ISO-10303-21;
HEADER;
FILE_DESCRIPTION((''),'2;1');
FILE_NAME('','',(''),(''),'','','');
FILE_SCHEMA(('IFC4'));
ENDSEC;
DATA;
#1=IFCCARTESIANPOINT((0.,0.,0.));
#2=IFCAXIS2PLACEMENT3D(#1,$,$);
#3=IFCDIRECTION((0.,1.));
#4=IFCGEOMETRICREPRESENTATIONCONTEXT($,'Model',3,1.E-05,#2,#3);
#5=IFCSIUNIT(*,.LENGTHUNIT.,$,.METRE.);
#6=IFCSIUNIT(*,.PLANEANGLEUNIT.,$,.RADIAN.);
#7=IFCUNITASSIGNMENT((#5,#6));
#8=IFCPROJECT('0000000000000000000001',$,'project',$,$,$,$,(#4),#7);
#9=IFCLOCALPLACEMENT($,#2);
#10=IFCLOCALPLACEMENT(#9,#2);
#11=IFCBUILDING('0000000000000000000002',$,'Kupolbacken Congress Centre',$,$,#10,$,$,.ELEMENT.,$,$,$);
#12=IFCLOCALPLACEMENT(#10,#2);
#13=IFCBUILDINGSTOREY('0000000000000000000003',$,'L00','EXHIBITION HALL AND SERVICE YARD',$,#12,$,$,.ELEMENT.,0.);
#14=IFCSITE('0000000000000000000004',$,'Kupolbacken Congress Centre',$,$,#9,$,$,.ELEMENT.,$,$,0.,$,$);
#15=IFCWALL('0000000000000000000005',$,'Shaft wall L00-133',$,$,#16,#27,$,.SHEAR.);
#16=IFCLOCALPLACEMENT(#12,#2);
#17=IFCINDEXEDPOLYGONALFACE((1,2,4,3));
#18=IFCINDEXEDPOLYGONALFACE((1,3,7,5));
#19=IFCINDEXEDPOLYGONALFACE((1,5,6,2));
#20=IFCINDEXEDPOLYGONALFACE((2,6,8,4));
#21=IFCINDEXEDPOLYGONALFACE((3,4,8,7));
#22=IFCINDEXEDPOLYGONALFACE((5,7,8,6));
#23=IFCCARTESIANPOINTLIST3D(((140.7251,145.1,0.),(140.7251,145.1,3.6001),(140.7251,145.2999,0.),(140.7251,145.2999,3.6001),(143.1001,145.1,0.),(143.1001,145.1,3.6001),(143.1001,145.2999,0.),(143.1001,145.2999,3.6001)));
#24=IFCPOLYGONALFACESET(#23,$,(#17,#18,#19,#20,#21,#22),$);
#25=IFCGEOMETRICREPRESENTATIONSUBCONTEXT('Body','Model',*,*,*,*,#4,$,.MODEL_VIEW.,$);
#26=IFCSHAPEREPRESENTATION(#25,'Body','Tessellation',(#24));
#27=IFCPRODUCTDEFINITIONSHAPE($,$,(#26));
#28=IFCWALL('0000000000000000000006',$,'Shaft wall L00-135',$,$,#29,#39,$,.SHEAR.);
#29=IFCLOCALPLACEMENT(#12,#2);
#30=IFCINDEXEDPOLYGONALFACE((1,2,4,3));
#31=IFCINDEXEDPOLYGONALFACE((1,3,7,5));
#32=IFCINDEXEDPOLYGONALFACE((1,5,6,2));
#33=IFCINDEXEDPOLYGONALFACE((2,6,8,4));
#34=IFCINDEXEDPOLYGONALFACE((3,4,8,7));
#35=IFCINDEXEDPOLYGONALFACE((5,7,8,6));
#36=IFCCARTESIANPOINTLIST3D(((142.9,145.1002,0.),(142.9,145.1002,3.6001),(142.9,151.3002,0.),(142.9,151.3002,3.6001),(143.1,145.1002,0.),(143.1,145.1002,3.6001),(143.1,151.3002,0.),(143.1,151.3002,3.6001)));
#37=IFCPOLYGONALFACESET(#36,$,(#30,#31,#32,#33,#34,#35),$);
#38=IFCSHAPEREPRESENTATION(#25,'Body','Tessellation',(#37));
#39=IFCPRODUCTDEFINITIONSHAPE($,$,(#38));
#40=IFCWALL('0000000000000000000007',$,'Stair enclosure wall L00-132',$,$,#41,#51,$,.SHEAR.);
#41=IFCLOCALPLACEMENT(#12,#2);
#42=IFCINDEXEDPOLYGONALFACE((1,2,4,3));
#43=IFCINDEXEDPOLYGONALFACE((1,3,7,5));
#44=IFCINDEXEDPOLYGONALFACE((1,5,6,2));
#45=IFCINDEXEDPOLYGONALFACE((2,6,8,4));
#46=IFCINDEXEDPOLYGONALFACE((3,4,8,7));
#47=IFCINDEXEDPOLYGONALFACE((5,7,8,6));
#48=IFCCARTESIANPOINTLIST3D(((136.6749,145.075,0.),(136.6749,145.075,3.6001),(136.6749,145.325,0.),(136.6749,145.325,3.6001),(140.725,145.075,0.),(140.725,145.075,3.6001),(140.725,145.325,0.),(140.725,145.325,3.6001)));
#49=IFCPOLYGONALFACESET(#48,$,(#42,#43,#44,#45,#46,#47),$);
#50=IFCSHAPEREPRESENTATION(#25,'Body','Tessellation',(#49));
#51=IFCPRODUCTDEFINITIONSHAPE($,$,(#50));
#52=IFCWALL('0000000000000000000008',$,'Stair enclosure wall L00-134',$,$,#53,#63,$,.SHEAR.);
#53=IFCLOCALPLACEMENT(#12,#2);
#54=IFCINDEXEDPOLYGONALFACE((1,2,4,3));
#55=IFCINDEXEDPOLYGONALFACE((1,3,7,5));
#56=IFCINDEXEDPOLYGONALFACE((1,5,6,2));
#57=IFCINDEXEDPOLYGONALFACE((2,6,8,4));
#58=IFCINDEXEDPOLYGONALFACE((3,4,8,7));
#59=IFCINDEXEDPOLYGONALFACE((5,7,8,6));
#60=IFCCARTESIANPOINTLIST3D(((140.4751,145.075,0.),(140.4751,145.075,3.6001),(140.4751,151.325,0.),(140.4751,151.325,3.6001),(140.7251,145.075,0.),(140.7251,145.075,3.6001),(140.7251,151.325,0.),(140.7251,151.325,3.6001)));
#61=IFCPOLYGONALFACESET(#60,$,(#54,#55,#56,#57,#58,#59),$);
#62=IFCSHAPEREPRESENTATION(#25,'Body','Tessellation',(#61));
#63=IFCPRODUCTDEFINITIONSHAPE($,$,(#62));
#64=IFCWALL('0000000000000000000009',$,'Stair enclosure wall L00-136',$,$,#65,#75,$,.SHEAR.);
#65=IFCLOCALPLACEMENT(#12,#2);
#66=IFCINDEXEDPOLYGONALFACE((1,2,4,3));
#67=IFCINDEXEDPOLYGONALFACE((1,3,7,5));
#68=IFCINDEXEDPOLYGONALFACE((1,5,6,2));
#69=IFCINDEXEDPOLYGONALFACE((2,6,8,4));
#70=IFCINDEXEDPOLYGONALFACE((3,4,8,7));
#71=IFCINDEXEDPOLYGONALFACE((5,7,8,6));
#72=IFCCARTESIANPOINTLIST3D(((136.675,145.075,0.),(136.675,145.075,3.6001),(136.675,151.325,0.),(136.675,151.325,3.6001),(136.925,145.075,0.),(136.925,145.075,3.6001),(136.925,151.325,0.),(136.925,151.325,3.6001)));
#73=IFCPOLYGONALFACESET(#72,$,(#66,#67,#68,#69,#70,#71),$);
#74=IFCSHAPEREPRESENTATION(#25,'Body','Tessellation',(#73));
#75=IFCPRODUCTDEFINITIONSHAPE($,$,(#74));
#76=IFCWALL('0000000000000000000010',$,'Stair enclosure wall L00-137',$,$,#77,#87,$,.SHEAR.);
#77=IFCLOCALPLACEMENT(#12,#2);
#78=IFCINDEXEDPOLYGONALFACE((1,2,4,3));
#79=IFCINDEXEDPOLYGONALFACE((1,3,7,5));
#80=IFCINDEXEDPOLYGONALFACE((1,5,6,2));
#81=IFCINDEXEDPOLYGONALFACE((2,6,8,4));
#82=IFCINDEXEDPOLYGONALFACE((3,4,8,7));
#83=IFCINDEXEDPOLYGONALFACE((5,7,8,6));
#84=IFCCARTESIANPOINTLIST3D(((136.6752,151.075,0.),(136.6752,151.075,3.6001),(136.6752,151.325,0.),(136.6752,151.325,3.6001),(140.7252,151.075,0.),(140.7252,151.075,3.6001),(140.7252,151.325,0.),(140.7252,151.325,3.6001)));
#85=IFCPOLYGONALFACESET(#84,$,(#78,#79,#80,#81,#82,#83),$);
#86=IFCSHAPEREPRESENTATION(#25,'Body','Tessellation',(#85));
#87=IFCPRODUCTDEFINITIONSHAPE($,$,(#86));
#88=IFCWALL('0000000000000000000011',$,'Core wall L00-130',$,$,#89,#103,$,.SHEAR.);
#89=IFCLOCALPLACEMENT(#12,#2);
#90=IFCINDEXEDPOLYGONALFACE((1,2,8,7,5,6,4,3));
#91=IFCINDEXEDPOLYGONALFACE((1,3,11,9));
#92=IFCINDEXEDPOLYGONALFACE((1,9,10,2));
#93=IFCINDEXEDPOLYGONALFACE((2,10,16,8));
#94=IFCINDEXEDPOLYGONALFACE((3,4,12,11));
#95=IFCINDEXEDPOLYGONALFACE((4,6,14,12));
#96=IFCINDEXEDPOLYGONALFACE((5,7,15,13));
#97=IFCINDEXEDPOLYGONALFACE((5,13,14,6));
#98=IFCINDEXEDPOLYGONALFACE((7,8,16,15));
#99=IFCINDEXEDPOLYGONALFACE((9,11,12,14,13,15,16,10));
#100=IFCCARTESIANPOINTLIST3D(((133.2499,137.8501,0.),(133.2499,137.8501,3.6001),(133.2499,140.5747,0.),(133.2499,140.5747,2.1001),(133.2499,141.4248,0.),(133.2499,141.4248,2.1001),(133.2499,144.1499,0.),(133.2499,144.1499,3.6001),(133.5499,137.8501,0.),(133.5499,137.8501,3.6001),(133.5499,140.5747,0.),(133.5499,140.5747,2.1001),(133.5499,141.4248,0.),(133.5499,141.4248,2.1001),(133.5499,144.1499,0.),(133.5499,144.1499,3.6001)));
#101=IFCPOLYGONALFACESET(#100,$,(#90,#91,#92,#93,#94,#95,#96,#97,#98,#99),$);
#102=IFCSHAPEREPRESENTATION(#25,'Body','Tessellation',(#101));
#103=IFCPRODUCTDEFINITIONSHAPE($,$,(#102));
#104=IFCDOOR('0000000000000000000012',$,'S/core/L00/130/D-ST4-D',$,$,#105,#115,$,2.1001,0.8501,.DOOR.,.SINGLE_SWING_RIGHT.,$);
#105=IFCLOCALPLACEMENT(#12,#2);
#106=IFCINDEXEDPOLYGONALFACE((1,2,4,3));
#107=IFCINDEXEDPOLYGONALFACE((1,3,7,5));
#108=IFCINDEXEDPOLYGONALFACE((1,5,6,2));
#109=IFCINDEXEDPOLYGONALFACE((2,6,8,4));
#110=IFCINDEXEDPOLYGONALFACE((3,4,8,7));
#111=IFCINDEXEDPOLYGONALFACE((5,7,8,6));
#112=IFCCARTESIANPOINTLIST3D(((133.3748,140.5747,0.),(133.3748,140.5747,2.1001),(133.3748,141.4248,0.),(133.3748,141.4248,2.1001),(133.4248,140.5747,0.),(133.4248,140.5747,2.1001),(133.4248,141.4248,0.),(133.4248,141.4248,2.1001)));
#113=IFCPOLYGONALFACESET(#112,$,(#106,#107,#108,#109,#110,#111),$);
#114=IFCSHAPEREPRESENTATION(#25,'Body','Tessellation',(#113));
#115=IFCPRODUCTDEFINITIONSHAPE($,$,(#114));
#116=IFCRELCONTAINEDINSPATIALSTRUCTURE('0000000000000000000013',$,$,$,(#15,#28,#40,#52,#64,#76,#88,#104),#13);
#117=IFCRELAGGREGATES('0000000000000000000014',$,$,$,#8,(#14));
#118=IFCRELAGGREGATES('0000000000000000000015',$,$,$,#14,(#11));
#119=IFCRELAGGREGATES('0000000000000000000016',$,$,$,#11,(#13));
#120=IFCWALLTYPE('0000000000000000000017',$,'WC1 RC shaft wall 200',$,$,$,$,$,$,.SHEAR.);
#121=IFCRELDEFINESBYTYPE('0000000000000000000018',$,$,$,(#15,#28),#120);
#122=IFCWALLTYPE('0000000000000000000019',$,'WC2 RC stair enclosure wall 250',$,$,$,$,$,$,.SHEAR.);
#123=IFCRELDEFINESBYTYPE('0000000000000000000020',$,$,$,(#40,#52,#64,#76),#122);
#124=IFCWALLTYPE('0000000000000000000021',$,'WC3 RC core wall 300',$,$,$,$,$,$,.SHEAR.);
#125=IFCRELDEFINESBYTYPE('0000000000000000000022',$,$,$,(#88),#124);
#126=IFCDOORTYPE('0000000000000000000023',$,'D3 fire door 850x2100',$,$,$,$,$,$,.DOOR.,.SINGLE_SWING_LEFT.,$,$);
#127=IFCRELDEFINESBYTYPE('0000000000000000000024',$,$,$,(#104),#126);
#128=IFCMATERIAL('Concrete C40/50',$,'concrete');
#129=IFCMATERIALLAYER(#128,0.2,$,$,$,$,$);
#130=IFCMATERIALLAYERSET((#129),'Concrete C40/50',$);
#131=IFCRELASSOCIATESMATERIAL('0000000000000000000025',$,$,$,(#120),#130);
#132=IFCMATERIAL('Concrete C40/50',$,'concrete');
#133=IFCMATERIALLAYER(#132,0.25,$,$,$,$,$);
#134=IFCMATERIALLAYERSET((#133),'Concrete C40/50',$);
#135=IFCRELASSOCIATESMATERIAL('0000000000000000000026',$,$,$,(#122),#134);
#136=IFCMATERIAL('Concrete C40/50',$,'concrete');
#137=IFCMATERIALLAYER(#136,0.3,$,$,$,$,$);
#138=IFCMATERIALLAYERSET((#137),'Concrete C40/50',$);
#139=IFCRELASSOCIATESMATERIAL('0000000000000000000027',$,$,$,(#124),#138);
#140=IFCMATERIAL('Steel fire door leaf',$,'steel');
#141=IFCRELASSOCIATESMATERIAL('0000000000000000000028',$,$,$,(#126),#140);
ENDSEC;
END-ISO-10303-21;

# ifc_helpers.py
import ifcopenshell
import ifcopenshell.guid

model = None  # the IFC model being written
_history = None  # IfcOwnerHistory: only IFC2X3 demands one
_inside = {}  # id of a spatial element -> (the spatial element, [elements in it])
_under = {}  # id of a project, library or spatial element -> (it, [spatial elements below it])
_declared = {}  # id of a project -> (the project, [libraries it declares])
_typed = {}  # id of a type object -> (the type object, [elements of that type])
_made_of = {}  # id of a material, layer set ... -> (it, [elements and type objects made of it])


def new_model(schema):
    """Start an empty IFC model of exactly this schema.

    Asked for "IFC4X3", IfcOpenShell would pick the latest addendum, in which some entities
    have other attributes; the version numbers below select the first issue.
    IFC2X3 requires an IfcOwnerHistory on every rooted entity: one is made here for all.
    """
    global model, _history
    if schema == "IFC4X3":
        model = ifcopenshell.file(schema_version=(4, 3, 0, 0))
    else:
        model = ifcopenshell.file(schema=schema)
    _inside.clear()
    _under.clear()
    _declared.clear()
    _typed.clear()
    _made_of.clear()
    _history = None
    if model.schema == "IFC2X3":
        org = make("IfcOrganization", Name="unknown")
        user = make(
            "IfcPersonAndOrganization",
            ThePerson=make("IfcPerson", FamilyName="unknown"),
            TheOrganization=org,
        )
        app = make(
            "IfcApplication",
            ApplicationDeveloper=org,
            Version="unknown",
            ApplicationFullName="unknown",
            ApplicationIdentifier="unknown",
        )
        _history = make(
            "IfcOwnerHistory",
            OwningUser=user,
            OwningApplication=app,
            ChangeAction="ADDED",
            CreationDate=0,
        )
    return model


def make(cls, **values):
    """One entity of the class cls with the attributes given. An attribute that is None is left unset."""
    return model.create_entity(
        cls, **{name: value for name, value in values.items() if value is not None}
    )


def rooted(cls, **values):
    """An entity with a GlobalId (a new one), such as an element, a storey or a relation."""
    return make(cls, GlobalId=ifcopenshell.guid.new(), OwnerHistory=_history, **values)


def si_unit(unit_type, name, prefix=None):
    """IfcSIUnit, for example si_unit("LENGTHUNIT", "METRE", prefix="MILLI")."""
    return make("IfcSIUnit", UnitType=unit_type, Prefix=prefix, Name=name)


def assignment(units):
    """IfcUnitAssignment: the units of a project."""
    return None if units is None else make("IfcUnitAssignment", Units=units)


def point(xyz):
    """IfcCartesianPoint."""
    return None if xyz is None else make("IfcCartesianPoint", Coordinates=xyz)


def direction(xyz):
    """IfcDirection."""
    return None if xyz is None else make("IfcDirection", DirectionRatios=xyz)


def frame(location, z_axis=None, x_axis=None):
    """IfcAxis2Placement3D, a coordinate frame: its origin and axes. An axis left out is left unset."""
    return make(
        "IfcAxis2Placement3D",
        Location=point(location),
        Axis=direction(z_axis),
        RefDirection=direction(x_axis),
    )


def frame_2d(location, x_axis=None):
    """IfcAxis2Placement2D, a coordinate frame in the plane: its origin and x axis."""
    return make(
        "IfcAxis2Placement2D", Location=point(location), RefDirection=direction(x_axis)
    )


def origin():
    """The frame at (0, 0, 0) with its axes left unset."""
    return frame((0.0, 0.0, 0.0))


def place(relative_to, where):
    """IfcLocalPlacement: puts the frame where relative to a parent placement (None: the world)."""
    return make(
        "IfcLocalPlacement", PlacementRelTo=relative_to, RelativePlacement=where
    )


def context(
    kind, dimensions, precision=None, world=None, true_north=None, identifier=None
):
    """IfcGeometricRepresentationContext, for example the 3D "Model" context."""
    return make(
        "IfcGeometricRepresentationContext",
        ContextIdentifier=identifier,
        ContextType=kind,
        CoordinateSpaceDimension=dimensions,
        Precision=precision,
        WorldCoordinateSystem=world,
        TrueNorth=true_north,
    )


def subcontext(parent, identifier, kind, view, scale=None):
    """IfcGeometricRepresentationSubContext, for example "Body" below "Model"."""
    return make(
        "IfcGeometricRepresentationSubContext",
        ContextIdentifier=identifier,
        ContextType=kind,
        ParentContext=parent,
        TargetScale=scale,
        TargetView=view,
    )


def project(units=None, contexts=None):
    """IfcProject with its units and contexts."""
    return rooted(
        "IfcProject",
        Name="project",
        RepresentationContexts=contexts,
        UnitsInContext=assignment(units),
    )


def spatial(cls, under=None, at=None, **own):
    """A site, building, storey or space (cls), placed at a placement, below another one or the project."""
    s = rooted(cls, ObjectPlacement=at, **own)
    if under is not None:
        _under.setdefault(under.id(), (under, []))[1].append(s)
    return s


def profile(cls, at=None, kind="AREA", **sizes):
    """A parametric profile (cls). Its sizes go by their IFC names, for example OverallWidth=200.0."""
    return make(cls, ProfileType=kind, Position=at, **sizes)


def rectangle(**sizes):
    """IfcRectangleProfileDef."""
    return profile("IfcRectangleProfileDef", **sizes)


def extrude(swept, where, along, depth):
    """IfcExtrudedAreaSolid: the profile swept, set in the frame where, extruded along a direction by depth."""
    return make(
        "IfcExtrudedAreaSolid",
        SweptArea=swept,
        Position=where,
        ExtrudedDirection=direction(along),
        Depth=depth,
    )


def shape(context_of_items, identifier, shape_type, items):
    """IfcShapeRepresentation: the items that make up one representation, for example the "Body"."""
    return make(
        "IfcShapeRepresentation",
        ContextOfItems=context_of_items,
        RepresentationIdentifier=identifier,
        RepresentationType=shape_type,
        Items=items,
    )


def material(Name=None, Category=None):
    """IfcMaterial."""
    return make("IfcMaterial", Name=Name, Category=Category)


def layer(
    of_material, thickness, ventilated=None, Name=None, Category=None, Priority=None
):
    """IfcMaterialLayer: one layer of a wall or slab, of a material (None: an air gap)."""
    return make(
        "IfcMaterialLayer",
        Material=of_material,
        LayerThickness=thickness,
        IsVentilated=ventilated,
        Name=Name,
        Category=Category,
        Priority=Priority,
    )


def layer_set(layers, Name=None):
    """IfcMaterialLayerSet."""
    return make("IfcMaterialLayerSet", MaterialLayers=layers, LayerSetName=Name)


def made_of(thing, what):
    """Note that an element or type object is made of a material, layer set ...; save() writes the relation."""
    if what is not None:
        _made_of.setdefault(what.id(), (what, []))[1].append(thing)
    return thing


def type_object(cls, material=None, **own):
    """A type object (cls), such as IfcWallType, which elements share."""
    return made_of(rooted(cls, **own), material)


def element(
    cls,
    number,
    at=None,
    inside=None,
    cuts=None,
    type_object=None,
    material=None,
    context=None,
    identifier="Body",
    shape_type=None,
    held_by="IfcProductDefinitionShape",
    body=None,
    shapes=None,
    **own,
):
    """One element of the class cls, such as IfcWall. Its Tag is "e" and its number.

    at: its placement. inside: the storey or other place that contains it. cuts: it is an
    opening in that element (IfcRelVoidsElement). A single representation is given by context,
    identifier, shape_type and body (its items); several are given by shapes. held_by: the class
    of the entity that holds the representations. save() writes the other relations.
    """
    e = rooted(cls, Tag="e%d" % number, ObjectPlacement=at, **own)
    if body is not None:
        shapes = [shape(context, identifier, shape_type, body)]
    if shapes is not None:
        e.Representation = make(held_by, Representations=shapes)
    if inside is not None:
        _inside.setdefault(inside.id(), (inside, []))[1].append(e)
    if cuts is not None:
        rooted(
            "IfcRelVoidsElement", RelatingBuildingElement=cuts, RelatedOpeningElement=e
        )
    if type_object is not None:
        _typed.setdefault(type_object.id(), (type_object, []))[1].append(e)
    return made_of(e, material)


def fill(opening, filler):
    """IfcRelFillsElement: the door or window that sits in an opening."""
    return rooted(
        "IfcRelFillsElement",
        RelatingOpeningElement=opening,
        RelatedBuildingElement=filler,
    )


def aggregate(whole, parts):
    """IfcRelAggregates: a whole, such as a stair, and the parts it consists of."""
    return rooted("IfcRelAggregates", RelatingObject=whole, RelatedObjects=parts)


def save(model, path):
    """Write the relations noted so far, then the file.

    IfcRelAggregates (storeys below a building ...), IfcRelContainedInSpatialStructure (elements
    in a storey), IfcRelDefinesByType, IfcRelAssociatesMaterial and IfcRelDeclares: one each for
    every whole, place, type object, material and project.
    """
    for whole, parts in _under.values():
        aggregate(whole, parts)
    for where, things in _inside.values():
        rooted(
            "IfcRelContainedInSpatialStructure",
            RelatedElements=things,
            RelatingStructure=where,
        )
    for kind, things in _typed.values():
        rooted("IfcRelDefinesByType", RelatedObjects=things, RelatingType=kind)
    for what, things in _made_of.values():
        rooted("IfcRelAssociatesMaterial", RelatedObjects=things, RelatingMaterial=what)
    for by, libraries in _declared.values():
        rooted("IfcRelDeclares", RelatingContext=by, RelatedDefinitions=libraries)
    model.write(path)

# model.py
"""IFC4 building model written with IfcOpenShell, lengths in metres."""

from ifc_helpers import new_model, si_unit, direction, frame, frame_2d, origin, place, context, subcontext, project, spatial, rectangle, extrude, material, layer, layer_set, type_object, element, fill, save


model = new_model("IFC4")

# Units and contexts
model_context = context("Model", 3, precision=1e-05, world=origin(), true_north=direction((0.0, 1.0)))
body_context = subcontext(model_context, "Body", "Model", "MODEL_VIEW")
ifc_project = project(units=[si_unit("LENGTHUNIT", "METRE"), si_unit("PLANEANGLEUNIT", "RADIAN")], contexts=[model_context])

# Site, building, storey
site_placement = place(None, origin())
site = spatial("IfcSite", under=ifc_project, at=site_placement, Name="Kupolbacken Congress Centre", CompositionType="ELEMENT", RefElevation=0.0)
building_placement = place(site_placement, origin())
building = spatial("IfcBuilding", under=site, at=building_placement, Name="Kupolbacken Congress Centre", CompositionType="ELEMENT")
storey_placement = place(building_placement, origin())
storey = spatial("IfcBuildingStorey", under=building, at=storey_placement, Name="L00", Description="EXHIBITION HALL AND SERVICE YARD", CompositionType="ELEMENT", Elevation=0.0)

# Walls
ifc_material_1 = material(Name="Concrete C40/50", Category="concrete")
ifc_layer_1 = layer(ifc_material_1, 0.2)
ifc_layer_set_1 = layer_set([ifc_layer_1], Name="Concrete C40/50")
wall_type_1 = type_object("IfcWallType", Name="WC1 RC shaft wall 200", PredefinedType="SHEAR", material=ifc_layer_set_1)
wall_1_placement = place(storey_placement, frame((140.7251, 145.2, 0.0), z_axis=(0.0, 0.0, 1.0), x_axis=(1.0, 0.0, 0.0)))
element("IfcWall", 1, at=wall_1_placement, inside=storey, type_object=wall_type_1, Name="Shaft wall L00-133", PredefinedType="SHEAR", context=body_context, shape_type="SweptSolid", body=[
    extrude(rectangle(XDim=2.375, YDim=0.2, at=frame_2d((1.1875, 0.0))), origin(), (0.0, 0.0, 1.0), 3.6001),
])
wall_2_placement = place(storey_placement, frame((143.0, 145.1001, 0.0), z_axis=(0.0, 0.0, 1.0), x_axis=(0.0, 1.0, 0.0)))
element("IfcWall", 2, at=wall_2_placement, inside=storey, type_object=wall_type_1, Name="Shaft wall L00-135", PredefinedType="SHEAR", context=body_context, shape_type="SweptSolid", body=[
    extrude(rectangle(XDim=6.2, YDim=0.2, at=frame_2d((3.1001, 0.0))), origin(), (0.0, 0.0, 1.0), 3.6001),
])
ifc_material_2 = material(Name="Concrete C40/50", Category="concrete")
ifc_layer_2 = layer(ifc_material_2, 0.25)
ifc_layer_set_2 = layer_set([ifc_layer_2], Name="Concrete C40/50")
wall_type_2 = type_object("IfcWallType", Name="WC2 RC stair enclosure wall 250", PredefinedType="SHEAR", material=ifc_layer_set_2)
wall_3_placement = place(storey_placement, frame((136.675, 145.2, 0.0), z_axis=(0.0, 0.0, 1.0), x_axis=(1.0, 0.0, 0.0)))
element("IfcWall", 3, at=wall_3_placement, inside=storey, type_object=wall_type_2, Name="Stair enclosure wall L00-132", PredefinedType="SHEAR", context=body_context, shape_type="SweptSolid", body=[
    extrude(rectangle(XDim=4.05, YDim=0.25, at=frame_2d((2.0249, 0.0))), origin(), (0.0, 0.0, 1.0), 3.6001),
])
for number, where, z_axis, x_axis, name in (
    (4, (140.6001, 145.075, 0.0), (0.0, 0.0, 1.0), (0.0, 1.0, 0.0), "Stair enclosure wall L00-134"),
    (5, (136.8, 151.325, 0.0), (0.0, 0.0, 1.0), (0.0, -1.0, 0.0), "Stair enclosure wall L00-136"),
):
    element("IfcWall", number, at=place(storey_placement, frame(where, z_axis=z_axis, x_axis=x_axis)), inside=storey, type_object=wall_type_2, Name=name, PredefinedType="SHEAR", context=body_context, shape_type="SweptSolid", body=[
        extrude(rectangle(XDim=6.25, YDim=0.25, at=frame_2d((3.125, 0.0))), origin(), (0.0, 0.0, 1.0), 3.6001),
    ])
wall_4_placement = place(storey_placement, frame((140.7251, 151.2, 0.0), z_axis=(0.0, 0.0, 1.0), x_axis=(-1.0, 0.0, 0.0)))
element("IfcWall", 6, at=wall_4_placement, inside=storey, type_object=wall_type_2, Name="Stair enclosure wall L00-137", PredefinedType="SHEAR", context=body_context, shape_type="SweptSolid", body=[
    extrude(rectangle(XDim=4.05, YDim=0.25, at=frame_2d((2.0249, 0.0))), origin(), (0.0, 0.0, 1.0), 3.6001),
])

# Wall, opening, door
ifc_material_3 = material(Name="Concrete C40/50", Category="concrete")
ifc_layer_3 = layer(ifc_material_3, 0.3)
ifc_layer_set_3 = layer_set([ifc_layer_3], Name="Concrete C40/50")
wall_type_3 = type_object("IfcWallType", Name="WC3 RC core wall 300", PredefinedType="SHEAR", material=ifc_layer_set_3)
wall_5_placement = place(storey_placement, frame((133.3999, 144.1499, 0.0), z_axis=(0.0, 0.0, 1.0), x_axis=(0.0, -1.0, 0.0)))
wall_5 = element("IfcWall", 7, at=wall_5_placement, inside=storey, type_object=wall_type_3, Name="Core wall L00-130", PredefinedType="SHEAR", context=body_context, shape_type="SweptSolid", body=[
    extrude(rectangle(XDim=6.2998, YDim=0.3, at=frame_2d((3.1499, 0.0))), origin(), (0.0, 0.0, 1.0), 3.6001),
])
opening_placement = place(wall_5_placement, frame((2.7251, 0.0, 0.0)))
opening = element("IfcOpeningElement", 8, at=opening_placement, cuts=wall_5, PredefinedType="OPENING", context=body_context, shape_type="SweptSolid", body=[
    extrude(rectangle(XDim=0.8501, YDim=2.1001, at=frame_2d((0.425, 1.05))), frame((0.0, 0.1599, 0.0), z_axis=(0.0, -1.0, 0.0), x_axis=(1.0, 0.0, 0.0)), (0.0, 0.0, 1.0), 0.3201),
])
ifc_material_4 = material(Name="Steel fire door leaf", Category="steel")
door_type = type_object("IfcDoorType", Name="D3 fire door 850x2100", OperationType="SINGLE_SWING_LEFT", PredefinedType="DOOR", material=ifc_material_4)
door_placement = place(opening_placement, origin())
door = element("IfcDoor", 9, at=door_placement, inside=storey, type_object=door_type, Name="S/core/L00/130/D-ST4-D", OperationType="SINGLE_SWING_RIGHT", OverallHeight=2.1001, OverallWidth=0.8501, PredefinedType="DOOR", context=body_context, shape_type="SweptSolid", body=[
    extrude(rectangle(XDim=0.8501, YDim=2.1001, at=frame_2d((0.425, 1.05))), frame((0.0, 0.0249, 0.0), z_axis=(0.0, -1.0, 0.0), x_axis=(1.0, 0.0, 0.0)), (0.0, 0.0, 1.0), 0.05),
])
fill(opening, door)

save(model, "model.ifc")
